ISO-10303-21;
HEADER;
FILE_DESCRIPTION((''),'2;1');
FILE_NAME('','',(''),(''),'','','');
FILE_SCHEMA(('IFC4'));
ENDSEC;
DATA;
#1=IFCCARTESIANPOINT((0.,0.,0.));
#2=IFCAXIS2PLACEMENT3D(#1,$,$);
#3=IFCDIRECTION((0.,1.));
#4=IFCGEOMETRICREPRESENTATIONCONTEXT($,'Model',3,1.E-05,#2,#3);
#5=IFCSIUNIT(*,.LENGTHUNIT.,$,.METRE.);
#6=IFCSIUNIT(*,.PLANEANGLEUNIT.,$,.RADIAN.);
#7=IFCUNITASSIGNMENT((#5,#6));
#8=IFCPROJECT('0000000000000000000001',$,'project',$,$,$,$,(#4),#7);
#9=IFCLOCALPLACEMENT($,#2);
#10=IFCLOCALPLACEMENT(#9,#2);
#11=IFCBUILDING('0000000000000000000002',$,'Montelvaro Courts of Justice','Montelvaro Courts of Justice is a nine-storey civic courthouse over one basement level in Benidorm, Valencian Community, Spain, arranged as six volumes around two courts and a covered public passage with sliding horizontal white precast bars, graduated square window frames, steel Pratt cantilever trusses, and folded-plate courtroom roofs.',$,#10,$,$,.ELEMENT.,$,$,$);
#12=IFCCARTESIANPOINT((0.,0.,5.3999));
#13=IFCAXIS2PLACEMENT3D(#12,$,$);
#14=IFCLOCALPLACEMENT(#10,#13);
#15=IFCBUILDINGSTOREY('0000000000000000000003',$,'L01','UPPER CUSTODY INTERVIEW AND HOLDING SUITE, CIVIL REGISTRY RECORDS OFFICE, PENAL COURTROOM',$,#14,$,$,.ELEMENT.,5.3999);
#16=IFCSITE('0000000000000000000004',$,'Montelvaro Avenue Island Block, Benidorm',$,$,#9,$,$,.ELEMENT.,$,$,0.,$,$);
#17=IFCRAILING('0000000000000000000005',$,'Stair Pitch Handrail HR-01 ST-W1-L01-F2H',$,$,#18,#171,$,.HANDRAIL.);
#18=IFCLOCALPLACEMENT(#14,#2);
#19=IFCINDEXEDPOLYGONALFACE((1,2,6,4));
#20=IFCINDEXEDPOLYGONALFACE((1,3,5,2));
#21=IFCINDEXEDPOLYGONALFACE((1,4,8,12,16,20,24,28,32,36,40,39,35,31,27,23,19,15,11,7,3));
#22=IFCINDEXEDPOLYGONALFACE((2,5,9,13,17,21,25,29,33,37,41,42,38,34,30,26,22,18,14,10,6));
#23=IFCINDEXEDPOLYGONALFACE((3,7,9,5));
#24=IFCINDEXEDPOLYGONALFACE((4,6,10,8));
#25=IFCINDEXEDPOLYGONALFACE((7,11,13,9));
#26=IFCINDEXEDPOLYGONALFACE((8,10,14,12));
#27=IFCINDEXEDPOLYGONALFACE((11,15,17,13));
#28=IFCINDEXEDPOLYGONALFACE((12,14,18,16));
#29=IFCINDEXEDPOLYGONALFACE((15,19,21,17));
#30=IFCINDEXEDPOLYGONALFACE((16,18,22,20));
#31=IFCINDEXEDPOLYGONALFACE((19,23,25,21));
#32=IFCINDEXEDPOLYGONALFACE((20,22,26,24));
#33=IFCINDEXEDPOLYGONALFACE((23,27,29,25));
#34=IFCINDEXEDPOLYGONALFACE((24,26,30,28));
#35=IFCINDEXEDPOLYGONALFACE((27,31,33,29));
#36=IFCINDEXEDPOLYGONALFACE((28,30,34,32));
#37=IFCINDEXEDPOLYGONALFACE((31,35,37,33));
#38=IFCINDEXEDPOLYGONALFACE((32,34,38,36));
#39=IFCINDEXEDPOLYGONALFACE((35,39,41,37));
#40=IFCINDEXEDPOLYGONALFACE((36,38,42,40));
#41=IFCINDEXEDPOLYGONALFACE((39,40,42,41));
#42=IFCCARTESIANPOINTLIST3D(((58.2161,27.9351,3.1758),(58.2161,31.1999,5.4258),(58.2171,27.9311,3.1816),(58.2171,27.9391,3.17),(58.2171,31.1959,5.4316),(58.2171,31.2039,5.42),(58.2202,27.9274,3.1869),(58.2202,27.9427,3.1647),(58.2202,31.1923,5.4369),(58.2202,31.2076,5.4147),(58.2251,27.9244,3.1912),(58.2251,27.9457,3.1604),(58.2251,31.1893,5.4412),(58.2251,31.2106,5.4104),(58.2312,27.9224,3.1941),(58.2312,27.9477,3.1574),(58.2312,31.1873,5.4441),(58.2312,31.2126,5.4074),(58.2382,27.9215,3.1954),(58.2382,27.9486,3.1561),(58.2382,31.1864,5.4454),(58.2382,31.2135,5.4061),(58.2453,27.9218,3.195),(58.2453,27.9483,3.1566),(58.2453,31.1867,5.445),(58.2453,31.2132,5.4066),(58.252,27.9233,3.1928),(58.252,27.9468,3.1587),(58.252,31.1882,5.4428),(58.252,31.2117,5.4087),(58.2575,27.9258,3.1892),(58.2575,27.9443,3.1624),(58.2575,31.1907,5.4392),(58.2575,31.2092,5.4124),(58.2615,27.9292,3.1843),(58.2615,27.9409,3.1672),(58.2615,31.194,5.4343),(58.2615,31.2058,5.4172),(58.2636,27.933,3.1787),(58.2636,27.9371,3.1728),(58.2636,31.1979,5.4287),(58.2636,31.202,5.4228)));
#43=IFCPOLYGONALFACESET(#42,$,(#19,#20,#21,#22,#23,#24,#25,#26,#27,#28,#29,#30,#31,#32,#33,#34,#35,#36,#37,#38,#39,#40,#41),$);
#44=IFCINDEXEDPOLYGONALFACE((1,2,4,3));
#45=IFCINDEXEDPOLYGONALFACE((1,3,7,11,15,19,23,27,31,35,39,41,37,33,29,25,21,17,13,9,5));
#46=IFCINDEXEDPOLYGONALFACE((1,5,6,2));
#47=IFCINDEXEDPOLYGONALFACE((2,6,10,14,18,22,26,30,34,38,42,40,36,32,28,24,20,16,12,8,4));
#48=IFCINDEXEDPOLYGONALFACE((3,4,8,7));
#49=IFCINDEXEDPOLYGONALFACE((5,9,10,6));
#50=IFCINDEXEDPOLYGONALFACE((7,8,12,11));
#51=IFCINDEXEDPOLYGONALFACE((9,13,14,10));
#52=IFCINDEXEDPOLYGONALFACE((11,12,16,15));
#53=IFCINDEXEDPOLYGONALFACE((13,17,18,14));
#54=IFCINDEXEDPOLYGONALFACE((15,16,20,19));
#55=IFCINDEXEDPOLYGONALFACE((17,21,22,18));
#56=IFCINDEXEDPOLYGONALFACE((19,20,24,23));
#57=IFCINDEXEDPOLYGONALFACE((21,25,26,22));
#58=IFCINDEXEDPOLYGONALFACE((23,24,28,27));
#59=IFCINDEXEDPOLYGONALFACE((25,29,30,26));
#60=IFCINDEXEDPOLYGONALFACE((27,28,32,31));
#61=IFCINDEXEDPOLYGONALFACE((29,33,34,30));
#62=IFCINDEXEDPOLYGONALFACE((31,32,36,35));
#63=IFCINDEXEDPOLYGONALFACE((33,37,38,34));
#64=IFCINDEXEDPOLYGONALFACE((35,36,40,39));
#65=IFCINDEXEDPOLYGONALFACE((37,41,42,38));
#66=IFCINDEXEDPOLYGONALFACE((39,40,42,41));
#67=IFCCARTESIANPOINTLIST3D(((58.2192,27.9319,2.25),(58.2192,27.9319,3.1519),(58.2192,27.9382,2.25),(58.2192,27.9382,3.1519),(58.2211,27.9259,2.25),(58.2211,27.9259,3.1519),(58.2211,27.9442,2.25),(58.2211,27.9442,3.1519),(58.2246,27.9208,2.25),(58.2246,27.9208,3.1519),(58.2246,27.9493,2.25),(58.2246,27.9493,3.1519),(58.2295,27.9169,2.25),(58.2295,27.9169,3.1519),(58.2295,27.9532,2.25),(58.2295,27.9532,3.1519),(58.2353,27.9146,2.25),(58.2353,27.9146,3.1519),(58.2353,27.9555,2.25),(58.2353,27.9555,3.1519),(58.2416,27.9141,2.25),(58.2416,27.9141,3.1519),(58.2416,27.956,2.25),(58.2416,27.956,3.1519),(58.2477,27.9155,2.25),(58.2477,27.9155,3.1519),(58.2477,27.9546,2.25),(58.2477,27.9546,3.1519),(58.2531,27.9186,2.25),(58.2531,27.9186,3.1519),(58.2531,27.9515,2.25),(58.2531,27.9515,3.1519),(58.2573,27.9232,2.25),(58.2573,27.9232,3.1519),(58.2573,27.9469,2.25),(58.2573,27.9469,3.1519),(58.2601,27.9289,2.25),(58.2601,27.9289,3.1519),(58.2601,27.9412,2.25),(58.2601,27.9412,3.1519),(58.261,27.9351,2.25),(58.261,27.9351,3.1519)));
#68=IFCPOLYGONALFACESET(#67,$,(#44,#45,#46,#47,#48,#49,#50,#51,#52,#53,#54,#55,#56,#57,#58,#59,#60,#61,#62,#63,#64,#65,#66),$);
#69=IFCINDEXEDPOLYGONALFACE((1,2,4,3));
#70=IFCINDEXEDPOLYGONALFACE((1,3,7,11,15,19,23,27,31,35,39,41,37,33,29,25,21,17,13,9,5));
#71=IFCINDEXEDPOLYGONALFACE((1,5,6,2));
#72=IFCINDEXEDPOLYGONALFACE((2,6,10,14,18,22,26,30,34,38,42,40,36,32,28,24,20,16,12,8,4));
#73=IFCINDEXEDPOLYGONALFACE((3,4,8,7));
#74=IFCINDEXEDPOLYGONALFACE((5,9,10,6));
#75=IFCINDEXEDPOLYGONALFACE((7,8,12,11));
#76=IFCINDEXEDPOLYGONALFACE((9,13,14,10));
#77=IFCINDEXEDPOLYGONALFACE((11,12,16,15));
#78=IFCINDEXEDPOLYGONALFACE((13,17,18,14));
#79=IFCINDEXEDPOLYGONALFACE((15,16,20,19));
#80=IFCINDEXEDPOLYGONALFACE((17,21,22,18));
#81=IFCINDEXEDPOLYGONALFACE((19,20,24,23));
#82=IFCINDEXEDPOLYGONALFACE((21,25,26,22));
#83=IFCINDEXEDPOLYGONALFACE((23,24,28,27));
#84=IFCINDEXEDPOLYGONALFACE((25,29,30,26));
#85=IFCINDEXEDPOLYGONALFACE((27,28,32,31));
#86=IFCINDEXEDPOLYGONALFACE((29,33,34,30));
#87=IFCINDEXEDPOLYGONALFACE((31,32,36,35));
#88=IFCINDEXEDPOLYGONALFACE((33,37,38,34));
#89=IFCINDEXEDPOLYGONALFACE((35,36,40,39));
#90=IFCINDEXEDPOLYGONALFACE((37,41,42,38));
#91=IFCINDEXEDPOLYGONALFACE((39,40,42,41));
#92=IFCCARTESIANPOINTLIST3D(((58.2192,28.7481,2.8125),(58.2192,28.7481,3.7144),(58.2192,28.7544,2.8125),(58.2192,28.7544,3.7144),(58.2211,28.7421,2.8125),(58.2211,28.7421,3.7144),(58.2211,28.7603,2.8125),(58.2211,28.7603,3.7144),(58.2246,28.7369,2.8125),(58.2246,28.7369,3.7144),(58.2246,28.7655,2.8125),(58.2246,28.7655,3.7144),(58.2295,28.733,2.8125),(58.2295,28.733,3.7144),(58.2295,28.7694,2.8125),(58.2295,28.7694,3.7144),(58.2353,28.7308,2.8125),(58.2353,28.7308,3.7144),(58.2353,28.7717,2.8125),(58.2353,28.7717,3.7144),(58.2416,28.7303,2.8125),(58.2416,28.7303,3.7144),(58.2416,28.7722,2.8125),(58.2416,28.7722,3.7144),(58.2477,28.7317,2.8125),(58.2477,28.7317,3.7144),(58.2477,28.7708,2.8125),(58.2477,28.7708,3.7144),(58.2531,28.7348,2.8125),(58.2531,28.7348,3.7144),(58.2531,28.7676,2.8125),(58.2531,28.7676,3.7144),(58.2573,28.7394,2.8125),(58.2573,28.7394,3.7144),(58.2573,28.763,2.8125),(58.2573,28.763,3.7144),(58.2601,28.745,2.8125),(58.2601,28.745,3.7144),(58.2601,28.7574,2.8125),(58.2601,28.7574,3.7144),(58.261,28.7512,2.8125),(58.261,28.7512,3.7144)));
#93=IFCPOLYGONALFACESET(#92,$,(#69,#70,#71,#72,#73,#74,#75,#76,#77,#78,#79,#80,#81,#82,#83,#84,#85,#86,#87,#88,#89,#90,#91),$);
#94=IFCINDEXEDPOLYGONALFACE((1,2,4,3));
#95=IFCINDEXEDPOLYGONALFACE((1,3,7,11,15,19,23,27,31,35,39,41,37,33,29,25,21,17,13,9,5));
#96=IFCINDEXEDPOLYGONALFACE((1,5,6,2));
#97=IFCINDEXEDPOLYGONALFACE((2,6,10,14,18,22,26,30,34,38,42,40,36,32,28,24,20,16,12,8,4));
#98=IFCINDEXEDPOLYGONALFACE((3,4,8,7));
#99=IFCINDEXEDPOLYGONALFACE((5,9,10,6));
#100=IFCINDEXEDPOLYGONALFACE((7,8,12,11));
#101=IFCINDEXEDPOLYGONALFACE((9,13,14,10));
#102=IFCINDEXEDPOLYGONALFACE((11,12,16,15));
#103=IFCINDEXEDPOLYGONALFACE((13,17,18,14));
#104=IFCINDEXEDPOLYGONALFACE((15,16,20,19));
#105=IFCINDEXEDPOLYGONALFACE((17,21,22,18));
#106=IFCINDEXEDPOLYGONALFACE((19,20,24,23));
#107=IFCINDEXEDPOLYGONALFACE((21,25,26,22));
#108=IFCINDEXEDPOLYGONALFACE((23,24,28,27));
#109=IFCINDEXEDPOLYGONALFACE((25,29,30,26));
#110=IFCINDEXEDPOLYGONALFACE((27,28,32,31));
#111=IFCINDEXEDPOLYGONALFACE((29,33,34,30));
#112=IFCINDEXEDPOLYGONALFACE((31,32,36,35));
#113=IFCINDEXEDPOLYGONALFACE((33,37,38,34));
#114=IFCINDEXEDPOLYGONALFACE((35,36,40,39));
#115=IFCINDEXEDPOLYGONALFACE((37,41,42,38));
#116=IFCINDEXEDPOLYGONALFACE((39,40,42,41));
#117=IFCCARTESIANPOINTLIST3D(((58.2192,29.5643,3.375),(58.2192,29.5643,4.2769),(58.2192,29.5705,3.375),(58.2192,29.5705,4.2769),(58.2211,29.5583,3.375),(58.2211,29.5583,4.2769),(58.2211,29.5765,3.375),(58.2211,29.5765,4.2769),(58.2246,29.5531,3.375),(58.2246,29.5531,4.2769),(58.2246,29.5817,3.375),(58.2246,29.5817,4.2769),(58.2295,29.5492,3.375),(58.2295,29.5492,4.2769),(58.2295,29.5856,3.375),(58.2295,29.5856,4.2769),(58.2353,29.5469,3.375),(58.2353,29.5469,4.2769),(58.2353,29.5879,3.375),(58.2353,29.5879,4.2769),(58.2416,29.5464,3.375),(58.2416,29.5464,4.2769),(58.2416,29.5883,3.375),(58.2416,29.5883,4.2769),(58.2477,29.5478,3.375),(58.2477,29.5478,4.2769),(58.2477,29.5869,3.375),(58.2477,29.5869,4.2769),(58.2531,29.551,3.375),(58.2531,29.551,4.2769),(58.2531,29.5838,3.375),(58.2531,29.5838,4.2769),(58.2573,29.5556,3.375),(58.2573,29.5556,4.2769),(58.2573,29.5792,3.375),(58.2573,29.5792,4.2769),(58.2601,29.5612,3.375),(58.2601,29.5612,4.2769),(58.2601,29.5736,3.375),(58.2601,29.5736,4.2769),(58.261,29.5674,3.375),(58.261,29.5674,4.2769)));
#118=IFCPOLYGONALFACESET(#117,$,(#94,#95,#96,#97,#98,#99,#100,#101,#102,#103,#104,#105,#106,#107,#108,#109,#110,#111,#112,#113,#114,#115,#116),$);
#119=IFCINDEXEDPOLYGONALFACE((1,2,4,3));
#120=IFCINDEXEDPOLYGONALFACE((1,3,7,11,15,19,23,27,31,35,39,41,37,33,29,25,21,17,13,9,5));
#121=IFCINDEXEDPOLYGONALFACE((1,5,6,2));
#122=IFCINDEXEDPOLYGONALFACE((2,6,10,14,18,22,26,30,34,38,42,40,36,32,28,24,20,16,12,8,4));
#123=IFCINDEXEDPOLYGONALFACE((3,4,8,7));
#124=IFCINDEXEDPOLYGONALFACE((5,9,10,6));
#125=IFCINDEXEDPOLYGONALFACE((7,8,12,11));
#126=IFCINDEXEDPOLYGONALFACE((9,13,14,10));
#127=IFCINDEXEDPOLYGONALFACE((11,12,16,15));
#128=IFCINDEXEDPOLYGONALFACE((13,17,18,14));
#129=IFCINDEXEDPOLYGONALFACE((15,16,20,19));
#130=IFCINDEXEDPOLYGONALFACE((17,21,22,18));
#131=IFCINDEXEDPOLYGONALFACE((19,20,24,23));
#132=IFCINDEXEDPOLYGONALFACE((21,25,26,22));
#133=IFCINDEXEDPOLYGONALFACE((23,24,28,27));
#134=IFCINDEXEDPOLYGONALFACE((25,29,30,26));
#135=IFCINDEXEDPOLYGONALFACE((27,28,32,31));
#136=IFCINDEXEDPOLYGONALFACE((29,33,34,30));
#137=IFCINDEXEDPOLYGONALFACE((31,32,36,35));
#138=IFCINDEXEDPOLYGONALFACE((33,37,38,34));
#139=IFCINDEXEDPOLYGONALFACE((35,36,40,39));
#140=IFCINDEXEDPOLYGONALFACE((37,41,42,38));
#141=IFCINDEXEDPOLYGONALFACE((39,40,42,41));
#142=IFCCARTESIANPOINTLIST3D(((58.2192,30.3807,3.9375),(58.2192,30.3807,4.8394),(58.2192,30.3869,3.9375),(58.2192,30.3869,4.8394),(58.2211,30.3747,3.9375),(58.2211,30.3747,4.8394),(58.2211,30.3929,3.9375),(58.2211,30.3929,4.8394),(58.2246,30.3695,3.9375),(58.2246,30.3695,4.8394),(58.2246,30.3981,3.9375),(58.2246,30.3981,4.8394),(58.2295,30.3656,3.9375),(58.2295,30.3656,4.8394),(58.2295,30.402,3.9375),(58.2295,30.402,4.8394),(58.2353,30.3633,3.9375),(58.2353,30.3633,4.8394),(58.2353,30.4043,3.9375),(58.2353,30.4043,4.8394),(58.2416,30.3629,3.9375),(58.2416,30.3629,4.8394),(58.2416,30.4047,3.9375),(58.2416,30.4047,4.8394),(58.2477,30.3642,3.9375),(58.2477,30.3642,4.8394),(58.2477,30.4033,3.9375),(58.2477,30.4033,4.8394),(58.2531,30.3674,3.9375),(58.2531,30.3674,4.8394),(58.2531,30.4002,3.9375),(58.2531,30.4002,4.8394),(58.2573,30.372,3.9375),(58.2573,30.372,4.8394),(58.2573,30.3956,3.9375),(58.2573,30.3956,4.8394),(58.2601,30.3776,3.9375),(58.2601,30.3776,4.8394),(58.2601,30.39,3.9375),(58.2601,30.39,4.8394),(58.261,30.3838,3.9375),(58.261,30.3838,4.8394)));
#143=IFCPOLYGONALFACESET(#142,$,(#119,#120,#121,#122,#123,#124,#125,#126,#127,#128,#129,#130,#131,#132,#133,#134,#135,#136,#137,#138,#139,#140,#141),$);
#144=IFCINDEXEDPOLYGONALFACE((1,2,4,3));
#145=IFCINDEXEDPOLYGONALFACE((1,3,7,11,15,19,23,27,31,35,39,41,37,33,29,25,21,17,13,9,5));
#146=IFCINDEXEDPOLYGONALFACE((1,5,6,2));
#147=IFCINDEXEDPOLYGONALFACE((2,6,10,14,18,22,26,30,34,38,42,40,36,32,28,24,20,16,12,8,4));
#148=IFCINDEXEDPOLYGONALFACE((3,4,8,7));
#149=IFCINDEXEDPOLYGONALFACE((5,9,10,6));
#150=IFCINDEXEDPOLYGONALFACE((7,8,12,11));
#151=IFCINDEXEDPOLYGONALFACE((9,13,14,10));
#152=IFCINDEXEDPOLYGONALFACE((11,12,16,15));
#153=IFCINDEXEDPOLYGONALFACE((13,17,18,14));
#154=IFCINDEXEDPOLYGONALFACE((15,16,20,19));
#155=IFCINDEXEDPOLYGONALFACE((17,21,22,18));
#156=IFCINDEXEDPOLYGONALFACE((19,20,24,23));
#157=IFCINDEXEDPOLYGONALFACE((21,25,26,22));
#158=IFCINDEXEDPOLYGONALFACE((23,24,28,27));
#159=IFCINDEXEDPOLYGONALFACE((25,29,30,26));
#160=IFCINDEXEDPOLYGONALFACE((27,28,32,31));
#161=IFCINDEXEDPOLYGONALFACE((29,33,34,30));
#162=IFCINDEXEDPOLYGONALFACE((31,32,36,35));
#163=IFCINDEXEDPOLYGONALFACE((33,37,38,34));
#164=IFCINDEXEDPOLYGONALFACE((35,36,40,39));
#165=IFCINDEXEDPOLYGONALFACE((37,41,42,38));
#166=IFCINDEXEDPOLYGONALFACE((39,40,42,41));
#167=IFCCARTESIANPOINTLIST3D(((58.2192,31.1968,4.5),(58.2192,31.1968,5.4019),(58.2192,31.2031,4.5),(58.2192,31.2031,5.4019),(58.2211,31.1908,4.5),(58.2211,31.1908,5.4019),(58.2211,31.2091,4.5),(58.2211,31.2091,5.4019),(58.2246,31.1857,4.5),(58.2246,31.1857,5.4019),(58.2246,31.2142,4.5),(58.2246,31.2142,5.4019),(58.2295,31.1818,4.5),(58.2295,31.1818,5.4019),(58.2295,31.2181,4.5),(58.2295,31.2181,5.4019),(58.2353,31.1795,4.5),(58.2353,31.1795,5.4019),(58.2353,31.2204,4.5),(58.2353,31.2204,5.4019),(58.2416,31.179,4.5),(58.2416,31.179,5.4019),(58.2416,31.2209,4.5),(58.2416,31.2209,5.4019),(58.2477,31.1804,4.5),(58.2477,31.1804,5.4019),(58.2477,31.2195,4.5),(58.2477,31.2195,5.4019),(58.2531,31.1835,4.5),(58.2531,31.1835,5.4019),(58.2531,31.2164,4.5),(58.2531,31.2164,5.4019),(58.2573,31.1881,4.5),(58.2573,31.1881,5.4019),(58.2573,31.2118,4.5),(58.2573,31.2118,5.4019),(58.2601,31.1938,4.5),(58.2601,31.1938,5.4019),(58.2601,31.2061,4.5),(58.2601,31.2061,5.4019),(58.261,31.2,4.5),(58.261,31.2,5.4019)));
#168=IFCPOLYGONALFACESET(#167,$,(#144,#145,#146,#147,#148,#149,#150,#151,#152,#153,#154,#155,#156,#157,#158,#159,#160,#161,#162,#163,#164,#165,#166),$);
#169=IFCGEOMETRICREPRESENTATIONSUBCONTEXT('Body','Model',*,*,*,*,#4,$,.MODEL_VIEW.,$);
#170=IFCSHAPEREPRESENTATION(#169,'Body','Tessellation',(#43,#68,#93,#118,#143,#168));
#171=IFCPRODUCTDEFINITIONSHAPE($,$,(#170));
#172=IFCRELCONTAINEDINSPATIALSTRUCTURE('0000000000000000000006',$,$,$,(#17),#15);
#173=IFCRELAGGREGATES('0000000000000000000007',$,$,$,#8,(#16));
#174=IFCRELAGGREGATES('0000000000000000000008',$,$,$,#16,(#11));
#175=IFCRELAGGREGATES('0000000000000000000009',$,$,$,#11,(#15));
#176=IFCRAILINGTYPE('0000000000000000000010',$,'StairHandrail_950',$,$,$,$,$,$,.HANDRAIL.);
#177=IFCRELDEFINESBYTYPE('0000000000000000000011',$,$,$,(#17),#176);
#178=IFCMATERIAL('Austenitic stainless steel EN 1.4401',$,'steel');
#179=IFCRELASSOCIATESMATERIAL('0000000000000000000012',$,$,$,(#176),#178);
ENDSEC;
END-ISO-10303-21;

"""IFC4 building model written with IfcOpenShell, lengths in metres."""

from ifc_helpers import new_model, si_unit, direction, frame, origin, origin_2d, place, context, subcontext, project, spatial, circle, extrude, material, type_object, element, save


model = new_model("IFC4")

# Units and contexts
model_context = context("Model", 3, precision=1e-05, world=origin(), true_north=direction((0.0, 1.0)))
body_context = subcontext(model_context, "Body", "Model", "MODEL_VIEW")
ifc_project = project(units=[si_unit("LENGTHUNIT", "METRE"), si_unit("PLANEANGLEUNIT", "RADIAN")], contexts=[model_context])

# Site, building, storey
site_placement = place(None, origin())
site = spatial("IfcSite", under=ifc_project, at=site_placement, Name="Montelvaro Avenue Island Block, Benidorm", CompositionType="ELEMENT", RefElevation=0.0)
building_placement = place(site_placement, origin())
building = spatial("IfcBuilding", under=site, at=building_placement, Name="Montelvaro Courts of Justice", Description="Montelvaro Courts of Justice is a nine-storey civic courthouse over one basement level in Benidorm, Valencian Community, Spain, arranged as six volumes around two courts and a covered public passage with sliding horizontal white precast bars, graduated square window frames, steel Pratt cantilever trusses, and folded-plate courtroom roofs.", CompositionType="ELEMENT")
storey_placement = place(building_placement, frame((0.0, 0.0, 5.3999)))
storey = spatial("IfcBuildingStorey", under=building, at=storey_placement, Name="L01", Description="UPPER CUSTODY INTERVIEW AND HOLDING SUITE, CIVIL REGISTRY RECORDS OFFICE, PENAL COURTROOM", CompositionType="ELEMENT", Elevation=5.3999)

# Railing
ifc_material_1 = material(Name="Austenitic stainless steel EN 1.4401", Category="steel")
railing_type_1 = type_object("IfcRailingType", Name="StairHandrail_950", PredefinedType="HANDRAIL", material=ifc_material_1)
railing_1_placement = place(storey_placement, frame((58.24, 27.9351, 2.25)))
element("IfcRailing", 1, at=railing_1_placement, inside=storey, type_object=railing_type_1, Name="Stair Pitch Handrail HR-01 ST-W1-L01-F2H", PredefinedType="HANDRAIL", context=body_context, shape_type="SweptSolid", body=[
    extrude(circle(Radius=0.0239, at=origin_2d()), frame((0.0, 0.0, 0.9258), z_axis=(0.0, 0.823407, 0.567451), x_axis=(-1.0, 0.0, 0.0)), (0.0, 0.0, 1.0), 3.9651),
    extrude(circle(Radius=0.021, at=origin_2d()), origin(), (0.0, 0.0, 1.0), 0.9019),
    extrude(circle(Radius=0.021, at=origin_2d()), frame((0.0, 0.8162, 0.5625)), (0.0, 0.0, 1.0), 0.9019),
    extrude(circle(Radius=0.021, at=origin_2d()), frame((0.0, 1.6323, 1.125)), (0.0, 0.0, 1.0), 0.9019),
    extrude(circle(Radius=0.021, at=origin_2d()), frame((0.0, 2.4487, 1.6875)), (0.0, 0.0, 1.0), 0.9019),
    extrude(circle(Radius=0.021, at=origin_2d()), frame((0.0, 3.2649, 2.25)), (0.0, 0.0, 1.0), 0.9019),
])

save(model, "model.ifc")
